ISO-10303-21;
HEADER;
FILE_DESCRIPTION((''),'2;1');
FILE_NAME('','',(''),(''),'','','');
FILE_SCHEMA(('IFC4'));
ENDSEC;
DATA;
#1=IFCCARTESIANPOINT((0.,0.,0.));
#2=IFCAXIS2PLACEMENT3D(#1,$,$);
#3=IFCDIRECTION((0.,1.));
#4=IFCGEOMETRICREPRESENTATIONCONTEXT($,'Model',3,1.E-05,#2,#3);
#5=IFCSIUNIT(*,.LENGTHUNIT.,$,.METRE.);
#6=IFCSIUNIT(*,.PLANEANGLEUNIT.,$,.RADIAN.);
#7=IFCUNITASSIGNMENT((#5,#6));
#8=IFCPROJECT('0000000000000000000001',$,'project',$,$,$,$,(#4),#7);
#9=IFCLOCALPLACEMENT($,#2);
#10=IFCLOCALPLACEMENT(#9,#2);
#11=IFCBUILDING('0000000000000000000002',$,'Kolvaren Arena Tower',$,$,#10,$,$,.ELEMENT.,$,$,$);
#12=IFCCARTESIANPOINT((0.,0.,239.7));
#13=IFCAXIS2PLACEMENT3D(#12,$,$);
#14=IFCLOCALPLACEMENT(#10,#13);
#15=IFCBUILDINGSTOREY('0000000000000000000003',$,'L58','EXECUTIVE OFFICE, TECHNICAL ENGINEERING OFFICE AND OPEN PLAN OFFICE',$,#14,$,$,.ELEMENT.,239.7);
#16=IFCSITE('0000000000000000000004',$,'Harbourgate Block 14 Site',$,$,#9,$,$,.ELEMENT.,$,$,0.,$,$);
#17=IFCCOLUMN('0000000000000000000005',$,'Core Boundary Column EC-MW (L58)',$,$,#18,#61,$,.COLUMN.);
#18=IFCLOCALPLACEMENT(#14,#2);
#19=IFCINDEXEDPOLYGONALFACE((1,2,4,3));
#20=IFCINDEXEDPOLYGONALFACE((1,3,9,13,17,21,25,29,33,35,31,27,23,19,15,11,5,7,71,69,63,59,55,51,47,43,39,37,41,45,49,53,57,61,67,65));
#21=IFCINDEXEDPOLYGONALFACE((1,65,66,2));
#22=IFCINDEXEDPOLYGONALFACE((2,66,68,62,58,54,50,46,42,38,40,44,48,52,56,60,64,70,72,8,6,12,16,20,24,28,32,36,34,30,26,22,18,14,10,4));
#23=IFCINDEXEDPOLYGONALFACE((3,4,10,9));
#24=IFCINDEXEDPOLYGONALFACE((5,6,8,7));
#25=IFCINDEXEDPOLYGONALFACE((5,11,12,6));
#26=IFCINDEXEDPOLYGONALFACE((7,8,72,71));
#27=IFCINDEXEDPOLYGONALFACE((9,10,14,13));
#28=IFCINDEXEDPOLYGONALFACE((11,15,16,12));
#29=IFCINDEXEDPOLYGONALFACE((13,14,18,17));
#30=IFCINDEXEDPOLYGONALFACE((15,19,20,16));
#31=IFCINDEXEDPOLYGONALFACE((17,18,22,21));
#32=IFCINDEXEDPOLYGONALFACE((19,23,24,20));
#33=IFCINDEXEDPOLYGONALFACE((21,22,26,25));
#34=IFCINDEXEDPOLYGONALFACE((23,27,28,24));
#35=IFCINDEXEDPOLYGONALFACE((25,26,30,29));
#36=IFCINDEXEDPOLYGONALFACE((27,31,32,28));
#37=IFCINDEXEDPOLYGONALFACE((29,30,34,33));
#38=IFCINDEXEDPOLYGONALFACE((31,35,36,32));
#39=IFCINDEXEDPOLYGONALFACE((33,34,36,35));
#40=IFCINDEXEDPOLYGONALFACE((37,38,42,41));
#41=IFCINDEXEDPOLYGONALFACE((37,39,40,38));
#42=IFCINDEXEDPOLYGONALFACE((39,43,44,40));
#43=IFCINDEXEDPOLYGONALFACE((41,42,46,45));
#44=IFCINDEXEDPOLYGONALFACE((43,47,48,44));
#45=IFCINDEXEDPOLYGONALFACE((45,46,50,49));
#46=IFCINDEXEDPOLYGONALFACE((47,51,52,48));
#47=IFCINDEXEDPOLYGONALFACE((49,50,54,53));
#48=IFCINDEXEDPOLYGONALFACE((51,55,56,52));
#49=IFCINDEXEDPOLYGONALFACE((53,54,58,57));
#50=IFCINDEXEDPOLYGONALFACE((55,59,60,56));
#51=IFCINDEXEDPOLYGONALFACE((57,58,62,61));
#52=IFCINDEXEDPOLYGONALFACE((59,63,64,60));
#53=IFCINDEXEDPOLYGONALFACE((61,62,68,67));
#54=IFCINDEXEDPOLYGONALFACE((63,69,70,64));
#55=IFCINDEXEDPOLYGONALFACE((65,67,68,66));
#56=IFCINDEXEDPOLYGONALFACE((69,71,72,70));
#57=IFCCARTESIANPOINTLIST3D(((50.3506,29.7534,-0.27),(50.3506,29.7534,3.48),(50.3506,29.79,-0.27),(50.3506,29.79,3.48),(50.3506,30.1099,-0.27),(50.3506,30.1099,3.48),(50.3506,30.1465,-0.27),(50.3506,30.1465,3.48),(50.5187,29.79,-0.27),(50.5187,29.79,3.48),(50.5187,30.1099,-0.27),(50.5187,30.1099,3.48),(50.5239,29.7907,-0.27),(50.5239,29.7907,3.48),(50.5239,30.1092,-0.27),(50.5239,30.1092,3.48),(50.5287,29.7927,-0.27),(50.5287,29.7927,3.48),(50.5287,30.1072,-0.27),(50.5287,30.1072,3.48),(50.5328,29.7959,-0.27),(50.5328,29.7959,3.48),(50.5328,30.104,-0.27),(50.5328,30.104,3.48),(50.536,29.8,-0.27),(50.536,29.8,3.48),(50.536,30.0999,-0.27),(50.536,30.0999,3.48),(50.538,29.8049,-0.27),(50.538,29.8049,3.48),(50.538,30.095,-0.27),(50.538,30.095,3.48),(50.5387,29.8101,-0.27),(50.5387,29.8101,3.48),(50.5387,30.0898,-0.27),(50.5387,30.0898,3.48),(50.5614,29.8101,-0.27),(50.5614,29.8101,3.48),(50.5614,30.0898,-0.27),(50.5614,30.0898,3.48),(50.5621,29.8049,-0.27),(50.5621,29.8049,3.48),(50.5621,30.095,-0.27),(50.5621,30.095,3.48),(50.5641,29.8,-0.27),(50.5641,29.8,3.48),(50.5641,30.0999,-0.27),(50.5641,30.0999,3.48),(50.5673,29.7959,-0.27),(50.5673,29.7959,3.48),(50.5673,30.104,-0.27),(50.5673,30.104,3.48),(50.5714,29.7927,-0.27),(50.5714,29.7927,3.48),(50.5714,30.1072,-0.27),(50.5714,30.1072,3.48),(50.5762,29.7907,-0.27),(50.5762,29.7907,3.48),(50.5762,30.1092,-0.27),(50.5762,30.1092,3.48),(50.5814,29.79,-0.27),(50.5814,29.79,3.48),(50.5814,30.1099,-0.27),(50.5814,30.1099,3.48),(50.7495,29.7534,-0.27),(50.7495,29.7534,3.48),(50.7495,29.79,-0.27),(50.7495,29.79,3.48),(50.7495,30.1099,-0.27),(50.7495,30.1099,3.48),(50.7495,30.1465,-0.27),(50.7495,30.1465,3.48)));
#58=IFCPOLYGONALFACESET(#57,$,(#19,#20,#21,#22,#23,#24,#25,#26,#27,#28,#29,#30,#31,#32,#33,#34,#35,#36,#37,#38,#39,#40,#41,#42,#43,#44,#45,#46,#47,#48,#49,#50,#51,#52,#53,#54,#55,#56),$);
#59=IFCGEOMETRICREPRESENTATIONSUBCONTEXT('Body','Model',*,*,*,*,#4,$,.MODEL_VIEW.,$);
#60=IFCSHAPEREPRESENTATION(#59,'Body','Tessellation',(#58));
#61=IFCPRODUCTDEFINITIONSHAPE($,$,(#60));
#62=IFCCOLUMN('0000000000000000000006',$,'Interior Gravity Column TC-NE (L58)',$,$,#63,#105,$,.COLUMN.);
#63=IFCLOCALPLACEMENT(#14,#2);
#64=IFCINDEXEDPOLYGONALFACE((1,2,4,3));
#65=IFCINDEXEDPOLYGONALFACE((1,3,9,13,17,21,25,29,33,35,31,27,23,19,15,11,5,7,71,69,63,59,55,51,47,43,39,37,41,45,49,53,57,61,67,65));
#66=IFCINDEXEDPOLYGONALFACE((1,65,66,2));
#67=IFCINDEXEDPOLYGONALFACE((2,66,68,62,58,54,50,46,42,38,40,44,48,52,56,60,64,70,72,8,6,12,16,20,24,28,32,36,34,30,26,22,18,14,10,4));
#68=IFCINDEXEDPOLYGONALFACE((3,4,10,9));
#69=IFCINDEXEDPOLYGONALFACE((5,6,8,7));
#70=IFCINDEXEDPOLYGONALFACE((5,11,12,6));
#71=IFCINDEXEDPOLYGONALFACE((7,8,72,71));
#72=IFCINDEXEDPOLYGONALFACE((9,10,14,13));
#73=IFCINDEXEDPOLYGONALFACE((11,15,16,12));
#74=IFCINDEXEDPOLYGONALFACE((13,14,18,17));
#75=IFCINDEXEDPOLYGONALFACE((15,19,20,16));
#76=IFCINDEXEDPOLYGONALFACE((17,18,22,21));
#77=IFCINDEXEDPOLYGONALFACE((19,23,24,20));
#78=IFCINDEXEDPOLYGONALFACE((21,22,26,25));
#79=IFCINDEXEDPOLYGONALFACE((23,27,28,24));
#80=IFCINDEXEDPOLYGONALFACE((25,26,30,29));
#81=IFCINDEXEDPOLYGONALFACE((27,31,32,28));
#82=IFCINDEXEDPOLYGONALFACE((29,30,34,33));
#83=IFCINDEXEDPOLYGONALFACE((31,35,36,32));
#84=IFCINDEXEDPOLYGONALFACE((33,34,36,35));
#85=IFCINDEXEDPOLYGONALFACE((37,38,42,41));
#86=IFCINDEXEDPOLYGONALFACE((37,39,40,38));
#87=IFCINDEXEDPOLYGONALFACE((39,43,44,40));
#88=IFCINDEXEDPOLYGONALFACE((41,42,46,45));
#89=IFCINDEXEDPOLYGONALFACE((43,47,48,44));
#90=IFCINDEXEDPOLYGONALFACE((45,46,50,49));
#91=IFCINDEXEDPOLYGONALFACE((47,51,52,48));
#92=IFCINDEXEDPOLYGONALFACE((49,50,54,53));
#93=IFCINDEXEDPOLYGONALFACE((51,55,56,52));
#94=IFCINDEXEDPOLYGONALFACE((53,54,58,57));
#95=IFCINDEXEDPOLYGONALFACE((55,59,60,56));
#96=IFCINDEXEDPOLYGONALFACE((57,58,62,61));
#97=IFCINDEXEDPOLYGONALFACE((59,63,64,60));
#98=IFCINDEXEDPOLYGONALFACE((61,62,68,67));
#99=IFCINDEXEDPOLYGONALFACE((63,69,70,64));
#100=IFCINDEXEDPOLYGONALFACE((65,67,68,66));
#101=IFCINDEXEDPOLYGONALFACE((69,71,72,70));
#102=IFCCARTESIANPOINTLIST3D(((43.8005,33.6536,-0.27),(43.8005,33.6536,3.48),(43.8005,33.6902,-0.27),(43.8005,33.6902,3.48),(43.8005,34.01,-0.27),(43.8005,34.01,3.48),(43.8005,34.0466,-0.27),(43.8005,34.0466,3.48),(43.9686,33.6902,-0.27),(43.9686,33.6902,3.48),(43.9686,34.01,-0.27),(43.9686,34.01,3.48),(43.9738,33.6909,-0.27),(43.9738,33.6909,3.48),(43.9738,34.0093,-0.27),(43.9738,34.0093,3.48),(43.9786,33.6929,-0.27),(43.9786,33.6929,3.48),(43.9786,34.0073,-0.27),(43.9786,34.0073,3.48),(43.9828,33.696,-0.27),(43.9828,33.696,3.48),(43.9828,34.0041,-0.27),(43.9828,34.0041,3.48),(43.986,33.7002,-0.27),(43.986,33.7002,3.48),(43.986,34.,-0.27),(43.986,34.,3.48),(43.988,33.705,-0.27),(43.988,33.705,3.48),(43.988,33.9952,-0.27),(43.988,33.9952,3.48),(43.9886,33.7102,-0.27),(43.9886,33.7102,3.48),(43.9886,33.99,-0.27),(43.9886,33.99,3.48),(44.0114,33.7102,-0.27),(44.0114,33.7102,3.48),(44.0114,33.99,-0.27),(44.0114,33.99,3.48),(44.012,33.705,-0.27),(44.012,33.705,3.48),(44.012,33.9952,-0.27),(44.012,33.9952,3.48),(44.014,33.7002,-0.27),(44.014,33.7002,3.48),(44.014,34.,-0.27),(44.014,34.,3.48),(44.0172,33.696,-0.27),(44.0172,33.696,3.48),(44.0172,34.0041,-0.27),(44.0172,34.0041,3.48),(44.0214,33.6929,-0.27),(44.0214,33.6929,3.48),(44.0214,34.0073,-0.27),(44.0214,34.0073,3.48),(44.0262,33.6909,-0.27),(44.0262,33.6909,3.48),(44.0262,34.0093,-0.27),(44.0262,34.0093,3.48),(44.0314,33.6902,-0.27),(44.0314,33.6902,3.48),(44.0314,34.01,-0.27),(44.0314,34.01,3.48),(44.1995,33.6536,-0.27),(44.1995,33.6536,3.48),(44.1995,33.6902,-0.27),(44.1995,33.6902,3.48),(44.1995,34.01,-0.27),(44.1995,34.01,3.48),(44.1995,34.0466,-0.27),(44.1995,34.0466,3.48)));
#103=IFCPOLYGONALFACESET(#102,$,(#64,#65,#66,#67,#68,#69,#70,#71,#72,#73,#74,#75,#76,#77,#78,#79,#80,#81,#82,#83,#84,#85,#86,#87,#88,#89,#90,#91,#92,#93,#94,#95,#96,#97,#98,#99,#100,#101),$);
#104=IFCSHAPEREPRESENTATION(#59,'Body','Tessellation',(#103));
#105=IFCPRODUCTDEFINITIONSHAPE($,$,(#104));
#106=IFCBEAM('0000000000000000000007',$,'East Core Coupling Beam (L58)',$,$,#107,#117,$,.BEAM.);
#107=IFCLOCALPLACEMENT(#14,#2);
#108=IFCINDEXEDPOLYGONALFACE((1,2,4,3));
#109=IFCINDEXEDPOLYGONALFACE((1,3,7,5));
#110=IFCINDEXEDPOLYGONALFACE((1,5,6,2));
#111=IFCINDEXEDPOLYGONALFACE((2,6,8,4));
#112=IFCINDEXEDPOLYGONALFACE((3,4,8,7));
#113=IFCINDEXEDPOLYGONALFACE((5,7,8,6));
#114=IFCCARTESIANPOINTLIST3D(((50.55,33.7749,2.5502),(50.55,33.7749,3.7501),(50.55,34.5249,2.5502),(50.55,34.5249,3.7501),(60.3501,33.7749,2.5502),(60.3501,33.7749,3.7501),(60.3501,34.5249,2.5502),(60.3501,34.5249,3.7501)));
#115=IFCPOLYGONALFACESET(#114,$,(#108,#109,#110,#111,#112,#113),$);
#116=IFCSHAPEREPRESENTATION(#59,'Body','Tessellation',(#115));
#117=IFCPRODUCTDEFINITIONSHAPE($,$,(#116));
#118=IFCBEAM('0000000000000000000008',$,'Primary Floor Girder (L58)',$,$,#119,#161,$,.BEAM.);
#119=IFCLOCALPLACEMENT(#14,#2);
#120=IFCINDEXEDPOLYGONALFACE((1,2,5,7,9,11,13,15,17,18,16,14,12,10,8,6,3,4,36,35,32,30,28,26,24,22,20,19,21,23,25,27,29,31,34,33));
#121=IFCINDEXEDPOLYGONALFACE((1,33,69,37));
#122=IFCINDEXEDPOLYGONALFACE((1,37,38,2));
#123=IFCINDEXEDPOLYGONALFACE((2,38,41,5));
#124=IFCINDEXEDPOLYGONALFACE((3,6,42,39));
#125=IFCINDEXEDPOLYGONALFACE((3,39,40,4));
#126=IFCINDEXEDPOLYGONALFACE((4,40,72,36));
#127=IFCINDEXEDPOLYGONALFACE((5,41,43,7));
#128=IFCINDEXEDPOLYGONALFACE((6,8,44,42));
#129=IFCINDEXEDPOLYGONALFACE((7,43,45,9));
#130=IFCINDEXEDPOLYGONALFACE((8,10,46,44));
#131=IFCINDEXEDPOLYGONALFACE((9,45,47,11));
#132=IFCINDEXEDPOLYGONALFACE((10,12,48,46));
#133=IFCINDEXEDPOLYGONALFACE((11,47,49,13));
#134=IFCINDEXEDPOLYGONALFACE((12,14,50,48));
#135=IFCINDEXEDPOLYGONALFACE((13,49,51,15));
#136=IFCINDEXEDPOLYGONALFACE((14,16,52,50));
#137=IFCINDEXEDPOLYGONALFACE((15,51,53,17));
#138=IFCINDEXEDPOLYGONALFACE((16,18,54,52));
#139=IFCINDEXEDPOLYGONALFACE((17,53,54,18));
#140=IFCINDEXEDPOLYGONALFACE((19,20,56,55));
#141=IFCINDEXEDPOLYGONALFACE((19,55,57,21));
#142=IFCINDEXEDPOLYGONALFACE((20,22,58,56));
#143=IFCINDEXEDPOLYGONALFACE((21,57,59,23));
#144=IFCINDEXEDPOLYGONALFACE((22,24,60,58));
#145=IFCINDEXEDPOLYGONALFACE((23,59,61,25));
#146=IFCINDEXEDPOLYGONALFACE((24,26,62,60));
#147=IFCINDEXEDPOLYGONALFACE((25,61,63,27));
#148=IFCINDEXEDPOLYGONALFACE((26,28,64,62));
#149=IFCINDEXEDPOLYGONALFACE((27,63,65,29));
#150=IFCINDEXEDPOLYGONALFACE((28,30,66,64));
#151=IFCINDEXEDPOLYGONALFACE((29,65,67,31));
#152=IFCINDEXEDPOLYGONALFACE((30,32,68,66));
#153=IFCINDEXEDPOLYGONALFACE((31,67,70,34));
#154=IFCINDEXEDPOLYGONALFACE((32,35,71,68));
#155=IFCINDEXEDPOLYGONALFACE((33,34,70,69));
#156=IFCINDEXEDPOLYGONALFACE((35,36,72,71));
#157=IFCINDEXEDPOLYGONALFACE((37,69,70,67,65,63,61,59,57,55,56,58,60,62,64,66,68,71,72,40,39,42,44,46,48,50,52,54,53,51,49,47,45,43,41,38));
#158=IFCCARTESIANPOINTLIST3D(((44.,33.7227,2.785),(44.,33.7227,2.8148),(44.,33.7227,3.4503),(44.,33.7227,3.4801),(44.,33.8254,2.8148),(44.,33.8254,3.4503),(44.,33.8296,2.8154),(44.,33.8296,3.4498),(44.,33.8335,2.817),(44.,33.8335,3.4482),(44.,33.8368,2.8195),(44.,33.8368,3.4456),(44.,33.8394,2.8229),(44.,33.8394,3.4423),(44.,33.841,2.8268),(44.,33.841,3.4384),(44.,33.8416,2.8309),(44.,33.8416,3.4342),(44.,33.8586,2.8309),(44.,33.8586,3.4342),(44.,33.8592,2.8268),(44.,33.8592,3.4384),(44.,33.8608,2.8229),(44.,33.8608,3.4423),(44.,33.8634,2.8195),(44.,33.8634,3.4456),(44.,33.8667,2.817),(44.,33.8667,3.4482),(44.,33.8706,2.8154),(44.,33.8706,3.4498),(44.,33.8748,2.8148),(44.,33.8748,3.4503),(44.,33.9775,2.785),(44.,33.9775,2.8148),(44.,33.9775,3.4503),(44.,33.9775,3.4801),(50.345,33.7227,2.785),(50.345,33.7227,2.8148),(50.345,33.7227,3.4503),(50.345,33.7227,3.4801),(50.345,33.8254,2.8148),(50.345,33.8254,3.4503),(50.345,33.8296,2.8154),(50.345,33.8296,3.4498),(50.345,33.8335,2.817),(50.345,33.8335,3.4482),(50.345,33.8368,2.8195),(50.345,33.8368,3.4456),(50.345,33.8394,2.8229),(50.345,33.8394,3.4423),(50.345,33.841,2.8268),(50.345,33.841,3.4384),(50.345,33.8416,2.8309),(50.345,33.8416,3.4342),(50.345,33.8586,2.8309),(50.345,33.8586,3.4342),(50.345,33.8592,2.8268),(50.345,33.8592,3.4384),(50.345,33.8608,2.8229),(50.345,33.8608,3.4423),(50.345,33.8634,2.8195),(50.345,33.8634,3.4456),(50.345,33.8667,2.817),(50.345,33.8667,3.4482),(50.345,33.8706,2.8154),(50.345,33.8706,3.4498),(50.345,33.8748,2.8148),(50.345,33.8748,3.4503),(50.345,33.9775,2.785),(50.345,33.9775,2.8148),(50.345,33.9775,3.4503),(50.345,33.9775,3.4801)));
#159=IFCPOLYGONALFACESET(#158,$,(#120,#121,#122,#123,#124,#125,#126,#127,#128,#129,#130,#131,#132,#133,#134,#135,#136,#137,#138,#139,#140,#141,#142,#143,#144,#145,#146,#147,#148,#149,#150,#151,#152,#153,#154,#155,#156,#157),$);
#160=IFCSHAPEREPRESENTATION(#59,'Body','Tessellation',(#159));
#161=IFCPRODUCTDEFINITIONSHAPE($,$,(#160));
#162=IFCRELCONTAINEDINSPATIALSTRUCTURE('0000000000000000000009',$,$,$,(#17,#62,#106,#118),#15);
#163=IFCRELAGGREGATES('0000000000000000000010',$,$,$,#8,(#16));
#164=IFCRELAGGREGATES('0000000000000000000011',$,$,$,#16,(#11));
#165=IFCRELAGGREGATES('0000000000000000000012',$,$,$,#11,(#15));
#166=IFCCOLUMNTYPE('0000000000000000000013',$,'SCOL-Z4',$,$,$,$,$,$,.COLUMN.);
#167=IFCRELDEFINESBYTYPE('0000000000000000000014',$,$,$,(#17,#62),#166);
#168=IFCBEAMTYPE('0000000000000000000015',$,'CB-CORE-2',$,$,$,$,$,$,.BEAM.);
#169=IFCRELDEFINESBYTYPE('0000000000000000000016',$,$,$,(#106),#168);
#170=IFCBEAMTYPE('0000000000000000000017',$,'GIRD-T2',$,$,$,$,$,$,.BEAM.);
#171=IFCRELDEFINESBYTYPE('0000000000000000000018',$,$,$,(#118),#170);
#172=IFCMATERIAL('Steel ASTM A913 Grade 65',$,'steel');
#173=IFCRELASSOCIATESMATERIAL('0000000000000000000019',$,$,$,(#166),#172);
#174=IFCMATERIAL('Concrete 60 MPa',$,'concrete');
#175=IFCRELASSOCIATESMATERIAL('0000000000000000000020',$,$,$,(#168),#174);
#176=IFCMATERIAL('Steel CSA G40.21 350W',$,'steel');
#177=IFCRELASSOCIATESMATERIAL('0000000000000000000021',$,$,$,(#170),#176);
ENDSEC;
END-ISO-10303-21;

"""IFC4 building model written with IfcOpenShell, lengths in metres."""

from ifc_helpers import new_model, si_unit, direction, frame, origin, origin_2d, place, context, subcontext, project, spatial, rectangle, i_section, extrude, material, material_profile, profile_set, type_object, element, save


model = new_model("IFC4")

# Units and contexts
model_context = context("Model", 3, precision=1e-05, world=origin(), true_north=direction((0.0, 1.0)))
body_context = subcontext(model_context, "Body", "Model", "MODEL_VIEW")
ifc_project = project(units=[si_unit("LENGTHUNIT", "METRE"), si_unit("PLANEANGLEUNIT", "RADIAN")], contexts=[model_context])

# Site, building, storey
site_placement = place(None, origin())
site = spatial("IfcSite", under=ifc_project, at=site_placement, Name="Harbourgate Block 14 Site", CompositionType="ELEMENT", RefElevation=0.0)
building_placement = place(site_placement, origin())
building = spatial("IfcBuilding", under=site, at=building_placement, Name="Kolvaren Arena Tower", CompositionType="ELEMENT")
storey_placement = place(building_placement, frame((0.0, 0.0, 239.7)))
storey = spatial("IfcBuildingStorey", under=building, at=storey_placement, Name="L58", Description="EXECUTIVE OFFICE, TECHNICAL ENGINEERING OFFICE AND OPEN PLAN OFFICE", CompositionType="ELEMENT", Elevation=239.7)

# Columns
ifc_material_1 = material(Name="Steel ASTM A913 Grade 65", Category="steel")
ifc_material_profile_1 = material_profile(ifc_material_1, i_section(OverallWidth=0.3989, OverallDepth=0.3931, WebThickness=0.0227, FlangeThickness=0.0366, FilletRadius=0.02, at=origin_2d()), Name="W360x287")
ifc_profile_set_1 = profile_set([ifc_material_profile_1], Name="Steel ASTM A913 Grade 65")
column_type = type_object("IfcColumnType", Name="SCOL-Z4", PredefinedType="COLUMN", material=ifc_profile_set_1)
for number, where, z_axis, x_axis, name in (
    (1, (50.55, 29.95, -0.27), (0.0, 0.0, 1.0), (1.0, 0.0, 0.0), "Core Boundary Column EC-MW (L58)"),
    (2, (44.0, 33.8501, -0.27), (0.0, 0.0, 1.0), (1.0, 0.0, 0.0), "Interior Gravity Column TC-NE (L58)"),
):
    element("IfcColumn", number, at=place(storey_placement, frame(where, z_axis=z_axis, x_axis=x_axis)), inside=storey, type_object=column_type, Name=name, PredefinedType="COLUMN", context=body_context, shape_type="SweptSolid", body=[
        extrude(i_section(OverallWidth=0.3989, OverallDepth=0.3931, WebThickness=0.0227, FlangeThickness=0.0366, FilletRadius=0.02, at=origin_2d()), origin(), (0.0, 0.0, 1.0), 3.75),
    ])

# Beams
ifc_material_2 = material(Name="Concrete 60 MPa", Category="concrete")
ifc_material_profile_2 = material_profile(ifc_material_2, rectangle(XDim=0.75, YDim=1.2, at=origin_2d()), Name="RC-750x1200")
ifc_profile_set_2 = profile_set([ifc_material_profile_2], Name="Concrete 60 MPa")
beam_type_1 = type_object("IfcBeamType", Name="CB-CORE-2", PredefinedType="BEAM", material=ifc_profile_set_2)
beam_1_placement = place(storey_placement, frame((50.55, 34.1499, 3.1501), z_axis=(1.0, 0.0, 0.0), x_axis=(0.0, 1.0, 0.0)))
element("IfcBeam", 3, at=beam_1_placement, inside=storey, type_object=beam_type_1, Name="East Core Coupling Beam (L58)", PredefinedType="BEAM", context=body_context, shape_type="SweptSolid", body=[
    extrude(rectangle(XDim=0.75, YDim=1.2, at=origin_2d()), origin(), (0.0, 0.0, 1.0), 9.8),
])
ifc_material_3 = material(Name="Steel CSA G40.21 350W", Category="steel")
ifc_material_profile_3 = material_profile(ifc_material_3, i_section(OverallWidth=0.2549, OverallDepth=0.6951, WebThickness=0.0171, FlangeThickness=0.0298, FilletRadius=0.0161, at=origin_2d()), Name="W690x217")
ifc_profile_set_3 = profile_set([ifc_material_profile_3], Name="Steel CSA G40.21 350W")
beam_type_2 = type_object("IfcBeamType", Name="GIRD-T2", PredefinedType="BEAM", material=ifc_profile_set_3)
beam_2_placement = place(storey_placement, frame((44.0, 33.8501, 3.1326), z_axis=(1.0, 0.0, 0.0), x_axis=(0.0, 1.0, 0.0)))
element("IfcBeam", 4, at=beam_2_placement, inside=storey, type_object=beam_type_2, Name="Primary Floor Girder (L58)", PredefinedType="BEAM", context=body_context, shape_type="SweptSolid", body=[
    extrude(i_section(OverallWidth=0.2549, OverallDepth=0.6951, WebThickness=0.0171, FlangeThickness=0.0298, FilletRadius=0.0161, at=origin_2d()), origin(), (0.0, 0.0, 1.0), 6.345),
])

save(model, "model.ifc")
